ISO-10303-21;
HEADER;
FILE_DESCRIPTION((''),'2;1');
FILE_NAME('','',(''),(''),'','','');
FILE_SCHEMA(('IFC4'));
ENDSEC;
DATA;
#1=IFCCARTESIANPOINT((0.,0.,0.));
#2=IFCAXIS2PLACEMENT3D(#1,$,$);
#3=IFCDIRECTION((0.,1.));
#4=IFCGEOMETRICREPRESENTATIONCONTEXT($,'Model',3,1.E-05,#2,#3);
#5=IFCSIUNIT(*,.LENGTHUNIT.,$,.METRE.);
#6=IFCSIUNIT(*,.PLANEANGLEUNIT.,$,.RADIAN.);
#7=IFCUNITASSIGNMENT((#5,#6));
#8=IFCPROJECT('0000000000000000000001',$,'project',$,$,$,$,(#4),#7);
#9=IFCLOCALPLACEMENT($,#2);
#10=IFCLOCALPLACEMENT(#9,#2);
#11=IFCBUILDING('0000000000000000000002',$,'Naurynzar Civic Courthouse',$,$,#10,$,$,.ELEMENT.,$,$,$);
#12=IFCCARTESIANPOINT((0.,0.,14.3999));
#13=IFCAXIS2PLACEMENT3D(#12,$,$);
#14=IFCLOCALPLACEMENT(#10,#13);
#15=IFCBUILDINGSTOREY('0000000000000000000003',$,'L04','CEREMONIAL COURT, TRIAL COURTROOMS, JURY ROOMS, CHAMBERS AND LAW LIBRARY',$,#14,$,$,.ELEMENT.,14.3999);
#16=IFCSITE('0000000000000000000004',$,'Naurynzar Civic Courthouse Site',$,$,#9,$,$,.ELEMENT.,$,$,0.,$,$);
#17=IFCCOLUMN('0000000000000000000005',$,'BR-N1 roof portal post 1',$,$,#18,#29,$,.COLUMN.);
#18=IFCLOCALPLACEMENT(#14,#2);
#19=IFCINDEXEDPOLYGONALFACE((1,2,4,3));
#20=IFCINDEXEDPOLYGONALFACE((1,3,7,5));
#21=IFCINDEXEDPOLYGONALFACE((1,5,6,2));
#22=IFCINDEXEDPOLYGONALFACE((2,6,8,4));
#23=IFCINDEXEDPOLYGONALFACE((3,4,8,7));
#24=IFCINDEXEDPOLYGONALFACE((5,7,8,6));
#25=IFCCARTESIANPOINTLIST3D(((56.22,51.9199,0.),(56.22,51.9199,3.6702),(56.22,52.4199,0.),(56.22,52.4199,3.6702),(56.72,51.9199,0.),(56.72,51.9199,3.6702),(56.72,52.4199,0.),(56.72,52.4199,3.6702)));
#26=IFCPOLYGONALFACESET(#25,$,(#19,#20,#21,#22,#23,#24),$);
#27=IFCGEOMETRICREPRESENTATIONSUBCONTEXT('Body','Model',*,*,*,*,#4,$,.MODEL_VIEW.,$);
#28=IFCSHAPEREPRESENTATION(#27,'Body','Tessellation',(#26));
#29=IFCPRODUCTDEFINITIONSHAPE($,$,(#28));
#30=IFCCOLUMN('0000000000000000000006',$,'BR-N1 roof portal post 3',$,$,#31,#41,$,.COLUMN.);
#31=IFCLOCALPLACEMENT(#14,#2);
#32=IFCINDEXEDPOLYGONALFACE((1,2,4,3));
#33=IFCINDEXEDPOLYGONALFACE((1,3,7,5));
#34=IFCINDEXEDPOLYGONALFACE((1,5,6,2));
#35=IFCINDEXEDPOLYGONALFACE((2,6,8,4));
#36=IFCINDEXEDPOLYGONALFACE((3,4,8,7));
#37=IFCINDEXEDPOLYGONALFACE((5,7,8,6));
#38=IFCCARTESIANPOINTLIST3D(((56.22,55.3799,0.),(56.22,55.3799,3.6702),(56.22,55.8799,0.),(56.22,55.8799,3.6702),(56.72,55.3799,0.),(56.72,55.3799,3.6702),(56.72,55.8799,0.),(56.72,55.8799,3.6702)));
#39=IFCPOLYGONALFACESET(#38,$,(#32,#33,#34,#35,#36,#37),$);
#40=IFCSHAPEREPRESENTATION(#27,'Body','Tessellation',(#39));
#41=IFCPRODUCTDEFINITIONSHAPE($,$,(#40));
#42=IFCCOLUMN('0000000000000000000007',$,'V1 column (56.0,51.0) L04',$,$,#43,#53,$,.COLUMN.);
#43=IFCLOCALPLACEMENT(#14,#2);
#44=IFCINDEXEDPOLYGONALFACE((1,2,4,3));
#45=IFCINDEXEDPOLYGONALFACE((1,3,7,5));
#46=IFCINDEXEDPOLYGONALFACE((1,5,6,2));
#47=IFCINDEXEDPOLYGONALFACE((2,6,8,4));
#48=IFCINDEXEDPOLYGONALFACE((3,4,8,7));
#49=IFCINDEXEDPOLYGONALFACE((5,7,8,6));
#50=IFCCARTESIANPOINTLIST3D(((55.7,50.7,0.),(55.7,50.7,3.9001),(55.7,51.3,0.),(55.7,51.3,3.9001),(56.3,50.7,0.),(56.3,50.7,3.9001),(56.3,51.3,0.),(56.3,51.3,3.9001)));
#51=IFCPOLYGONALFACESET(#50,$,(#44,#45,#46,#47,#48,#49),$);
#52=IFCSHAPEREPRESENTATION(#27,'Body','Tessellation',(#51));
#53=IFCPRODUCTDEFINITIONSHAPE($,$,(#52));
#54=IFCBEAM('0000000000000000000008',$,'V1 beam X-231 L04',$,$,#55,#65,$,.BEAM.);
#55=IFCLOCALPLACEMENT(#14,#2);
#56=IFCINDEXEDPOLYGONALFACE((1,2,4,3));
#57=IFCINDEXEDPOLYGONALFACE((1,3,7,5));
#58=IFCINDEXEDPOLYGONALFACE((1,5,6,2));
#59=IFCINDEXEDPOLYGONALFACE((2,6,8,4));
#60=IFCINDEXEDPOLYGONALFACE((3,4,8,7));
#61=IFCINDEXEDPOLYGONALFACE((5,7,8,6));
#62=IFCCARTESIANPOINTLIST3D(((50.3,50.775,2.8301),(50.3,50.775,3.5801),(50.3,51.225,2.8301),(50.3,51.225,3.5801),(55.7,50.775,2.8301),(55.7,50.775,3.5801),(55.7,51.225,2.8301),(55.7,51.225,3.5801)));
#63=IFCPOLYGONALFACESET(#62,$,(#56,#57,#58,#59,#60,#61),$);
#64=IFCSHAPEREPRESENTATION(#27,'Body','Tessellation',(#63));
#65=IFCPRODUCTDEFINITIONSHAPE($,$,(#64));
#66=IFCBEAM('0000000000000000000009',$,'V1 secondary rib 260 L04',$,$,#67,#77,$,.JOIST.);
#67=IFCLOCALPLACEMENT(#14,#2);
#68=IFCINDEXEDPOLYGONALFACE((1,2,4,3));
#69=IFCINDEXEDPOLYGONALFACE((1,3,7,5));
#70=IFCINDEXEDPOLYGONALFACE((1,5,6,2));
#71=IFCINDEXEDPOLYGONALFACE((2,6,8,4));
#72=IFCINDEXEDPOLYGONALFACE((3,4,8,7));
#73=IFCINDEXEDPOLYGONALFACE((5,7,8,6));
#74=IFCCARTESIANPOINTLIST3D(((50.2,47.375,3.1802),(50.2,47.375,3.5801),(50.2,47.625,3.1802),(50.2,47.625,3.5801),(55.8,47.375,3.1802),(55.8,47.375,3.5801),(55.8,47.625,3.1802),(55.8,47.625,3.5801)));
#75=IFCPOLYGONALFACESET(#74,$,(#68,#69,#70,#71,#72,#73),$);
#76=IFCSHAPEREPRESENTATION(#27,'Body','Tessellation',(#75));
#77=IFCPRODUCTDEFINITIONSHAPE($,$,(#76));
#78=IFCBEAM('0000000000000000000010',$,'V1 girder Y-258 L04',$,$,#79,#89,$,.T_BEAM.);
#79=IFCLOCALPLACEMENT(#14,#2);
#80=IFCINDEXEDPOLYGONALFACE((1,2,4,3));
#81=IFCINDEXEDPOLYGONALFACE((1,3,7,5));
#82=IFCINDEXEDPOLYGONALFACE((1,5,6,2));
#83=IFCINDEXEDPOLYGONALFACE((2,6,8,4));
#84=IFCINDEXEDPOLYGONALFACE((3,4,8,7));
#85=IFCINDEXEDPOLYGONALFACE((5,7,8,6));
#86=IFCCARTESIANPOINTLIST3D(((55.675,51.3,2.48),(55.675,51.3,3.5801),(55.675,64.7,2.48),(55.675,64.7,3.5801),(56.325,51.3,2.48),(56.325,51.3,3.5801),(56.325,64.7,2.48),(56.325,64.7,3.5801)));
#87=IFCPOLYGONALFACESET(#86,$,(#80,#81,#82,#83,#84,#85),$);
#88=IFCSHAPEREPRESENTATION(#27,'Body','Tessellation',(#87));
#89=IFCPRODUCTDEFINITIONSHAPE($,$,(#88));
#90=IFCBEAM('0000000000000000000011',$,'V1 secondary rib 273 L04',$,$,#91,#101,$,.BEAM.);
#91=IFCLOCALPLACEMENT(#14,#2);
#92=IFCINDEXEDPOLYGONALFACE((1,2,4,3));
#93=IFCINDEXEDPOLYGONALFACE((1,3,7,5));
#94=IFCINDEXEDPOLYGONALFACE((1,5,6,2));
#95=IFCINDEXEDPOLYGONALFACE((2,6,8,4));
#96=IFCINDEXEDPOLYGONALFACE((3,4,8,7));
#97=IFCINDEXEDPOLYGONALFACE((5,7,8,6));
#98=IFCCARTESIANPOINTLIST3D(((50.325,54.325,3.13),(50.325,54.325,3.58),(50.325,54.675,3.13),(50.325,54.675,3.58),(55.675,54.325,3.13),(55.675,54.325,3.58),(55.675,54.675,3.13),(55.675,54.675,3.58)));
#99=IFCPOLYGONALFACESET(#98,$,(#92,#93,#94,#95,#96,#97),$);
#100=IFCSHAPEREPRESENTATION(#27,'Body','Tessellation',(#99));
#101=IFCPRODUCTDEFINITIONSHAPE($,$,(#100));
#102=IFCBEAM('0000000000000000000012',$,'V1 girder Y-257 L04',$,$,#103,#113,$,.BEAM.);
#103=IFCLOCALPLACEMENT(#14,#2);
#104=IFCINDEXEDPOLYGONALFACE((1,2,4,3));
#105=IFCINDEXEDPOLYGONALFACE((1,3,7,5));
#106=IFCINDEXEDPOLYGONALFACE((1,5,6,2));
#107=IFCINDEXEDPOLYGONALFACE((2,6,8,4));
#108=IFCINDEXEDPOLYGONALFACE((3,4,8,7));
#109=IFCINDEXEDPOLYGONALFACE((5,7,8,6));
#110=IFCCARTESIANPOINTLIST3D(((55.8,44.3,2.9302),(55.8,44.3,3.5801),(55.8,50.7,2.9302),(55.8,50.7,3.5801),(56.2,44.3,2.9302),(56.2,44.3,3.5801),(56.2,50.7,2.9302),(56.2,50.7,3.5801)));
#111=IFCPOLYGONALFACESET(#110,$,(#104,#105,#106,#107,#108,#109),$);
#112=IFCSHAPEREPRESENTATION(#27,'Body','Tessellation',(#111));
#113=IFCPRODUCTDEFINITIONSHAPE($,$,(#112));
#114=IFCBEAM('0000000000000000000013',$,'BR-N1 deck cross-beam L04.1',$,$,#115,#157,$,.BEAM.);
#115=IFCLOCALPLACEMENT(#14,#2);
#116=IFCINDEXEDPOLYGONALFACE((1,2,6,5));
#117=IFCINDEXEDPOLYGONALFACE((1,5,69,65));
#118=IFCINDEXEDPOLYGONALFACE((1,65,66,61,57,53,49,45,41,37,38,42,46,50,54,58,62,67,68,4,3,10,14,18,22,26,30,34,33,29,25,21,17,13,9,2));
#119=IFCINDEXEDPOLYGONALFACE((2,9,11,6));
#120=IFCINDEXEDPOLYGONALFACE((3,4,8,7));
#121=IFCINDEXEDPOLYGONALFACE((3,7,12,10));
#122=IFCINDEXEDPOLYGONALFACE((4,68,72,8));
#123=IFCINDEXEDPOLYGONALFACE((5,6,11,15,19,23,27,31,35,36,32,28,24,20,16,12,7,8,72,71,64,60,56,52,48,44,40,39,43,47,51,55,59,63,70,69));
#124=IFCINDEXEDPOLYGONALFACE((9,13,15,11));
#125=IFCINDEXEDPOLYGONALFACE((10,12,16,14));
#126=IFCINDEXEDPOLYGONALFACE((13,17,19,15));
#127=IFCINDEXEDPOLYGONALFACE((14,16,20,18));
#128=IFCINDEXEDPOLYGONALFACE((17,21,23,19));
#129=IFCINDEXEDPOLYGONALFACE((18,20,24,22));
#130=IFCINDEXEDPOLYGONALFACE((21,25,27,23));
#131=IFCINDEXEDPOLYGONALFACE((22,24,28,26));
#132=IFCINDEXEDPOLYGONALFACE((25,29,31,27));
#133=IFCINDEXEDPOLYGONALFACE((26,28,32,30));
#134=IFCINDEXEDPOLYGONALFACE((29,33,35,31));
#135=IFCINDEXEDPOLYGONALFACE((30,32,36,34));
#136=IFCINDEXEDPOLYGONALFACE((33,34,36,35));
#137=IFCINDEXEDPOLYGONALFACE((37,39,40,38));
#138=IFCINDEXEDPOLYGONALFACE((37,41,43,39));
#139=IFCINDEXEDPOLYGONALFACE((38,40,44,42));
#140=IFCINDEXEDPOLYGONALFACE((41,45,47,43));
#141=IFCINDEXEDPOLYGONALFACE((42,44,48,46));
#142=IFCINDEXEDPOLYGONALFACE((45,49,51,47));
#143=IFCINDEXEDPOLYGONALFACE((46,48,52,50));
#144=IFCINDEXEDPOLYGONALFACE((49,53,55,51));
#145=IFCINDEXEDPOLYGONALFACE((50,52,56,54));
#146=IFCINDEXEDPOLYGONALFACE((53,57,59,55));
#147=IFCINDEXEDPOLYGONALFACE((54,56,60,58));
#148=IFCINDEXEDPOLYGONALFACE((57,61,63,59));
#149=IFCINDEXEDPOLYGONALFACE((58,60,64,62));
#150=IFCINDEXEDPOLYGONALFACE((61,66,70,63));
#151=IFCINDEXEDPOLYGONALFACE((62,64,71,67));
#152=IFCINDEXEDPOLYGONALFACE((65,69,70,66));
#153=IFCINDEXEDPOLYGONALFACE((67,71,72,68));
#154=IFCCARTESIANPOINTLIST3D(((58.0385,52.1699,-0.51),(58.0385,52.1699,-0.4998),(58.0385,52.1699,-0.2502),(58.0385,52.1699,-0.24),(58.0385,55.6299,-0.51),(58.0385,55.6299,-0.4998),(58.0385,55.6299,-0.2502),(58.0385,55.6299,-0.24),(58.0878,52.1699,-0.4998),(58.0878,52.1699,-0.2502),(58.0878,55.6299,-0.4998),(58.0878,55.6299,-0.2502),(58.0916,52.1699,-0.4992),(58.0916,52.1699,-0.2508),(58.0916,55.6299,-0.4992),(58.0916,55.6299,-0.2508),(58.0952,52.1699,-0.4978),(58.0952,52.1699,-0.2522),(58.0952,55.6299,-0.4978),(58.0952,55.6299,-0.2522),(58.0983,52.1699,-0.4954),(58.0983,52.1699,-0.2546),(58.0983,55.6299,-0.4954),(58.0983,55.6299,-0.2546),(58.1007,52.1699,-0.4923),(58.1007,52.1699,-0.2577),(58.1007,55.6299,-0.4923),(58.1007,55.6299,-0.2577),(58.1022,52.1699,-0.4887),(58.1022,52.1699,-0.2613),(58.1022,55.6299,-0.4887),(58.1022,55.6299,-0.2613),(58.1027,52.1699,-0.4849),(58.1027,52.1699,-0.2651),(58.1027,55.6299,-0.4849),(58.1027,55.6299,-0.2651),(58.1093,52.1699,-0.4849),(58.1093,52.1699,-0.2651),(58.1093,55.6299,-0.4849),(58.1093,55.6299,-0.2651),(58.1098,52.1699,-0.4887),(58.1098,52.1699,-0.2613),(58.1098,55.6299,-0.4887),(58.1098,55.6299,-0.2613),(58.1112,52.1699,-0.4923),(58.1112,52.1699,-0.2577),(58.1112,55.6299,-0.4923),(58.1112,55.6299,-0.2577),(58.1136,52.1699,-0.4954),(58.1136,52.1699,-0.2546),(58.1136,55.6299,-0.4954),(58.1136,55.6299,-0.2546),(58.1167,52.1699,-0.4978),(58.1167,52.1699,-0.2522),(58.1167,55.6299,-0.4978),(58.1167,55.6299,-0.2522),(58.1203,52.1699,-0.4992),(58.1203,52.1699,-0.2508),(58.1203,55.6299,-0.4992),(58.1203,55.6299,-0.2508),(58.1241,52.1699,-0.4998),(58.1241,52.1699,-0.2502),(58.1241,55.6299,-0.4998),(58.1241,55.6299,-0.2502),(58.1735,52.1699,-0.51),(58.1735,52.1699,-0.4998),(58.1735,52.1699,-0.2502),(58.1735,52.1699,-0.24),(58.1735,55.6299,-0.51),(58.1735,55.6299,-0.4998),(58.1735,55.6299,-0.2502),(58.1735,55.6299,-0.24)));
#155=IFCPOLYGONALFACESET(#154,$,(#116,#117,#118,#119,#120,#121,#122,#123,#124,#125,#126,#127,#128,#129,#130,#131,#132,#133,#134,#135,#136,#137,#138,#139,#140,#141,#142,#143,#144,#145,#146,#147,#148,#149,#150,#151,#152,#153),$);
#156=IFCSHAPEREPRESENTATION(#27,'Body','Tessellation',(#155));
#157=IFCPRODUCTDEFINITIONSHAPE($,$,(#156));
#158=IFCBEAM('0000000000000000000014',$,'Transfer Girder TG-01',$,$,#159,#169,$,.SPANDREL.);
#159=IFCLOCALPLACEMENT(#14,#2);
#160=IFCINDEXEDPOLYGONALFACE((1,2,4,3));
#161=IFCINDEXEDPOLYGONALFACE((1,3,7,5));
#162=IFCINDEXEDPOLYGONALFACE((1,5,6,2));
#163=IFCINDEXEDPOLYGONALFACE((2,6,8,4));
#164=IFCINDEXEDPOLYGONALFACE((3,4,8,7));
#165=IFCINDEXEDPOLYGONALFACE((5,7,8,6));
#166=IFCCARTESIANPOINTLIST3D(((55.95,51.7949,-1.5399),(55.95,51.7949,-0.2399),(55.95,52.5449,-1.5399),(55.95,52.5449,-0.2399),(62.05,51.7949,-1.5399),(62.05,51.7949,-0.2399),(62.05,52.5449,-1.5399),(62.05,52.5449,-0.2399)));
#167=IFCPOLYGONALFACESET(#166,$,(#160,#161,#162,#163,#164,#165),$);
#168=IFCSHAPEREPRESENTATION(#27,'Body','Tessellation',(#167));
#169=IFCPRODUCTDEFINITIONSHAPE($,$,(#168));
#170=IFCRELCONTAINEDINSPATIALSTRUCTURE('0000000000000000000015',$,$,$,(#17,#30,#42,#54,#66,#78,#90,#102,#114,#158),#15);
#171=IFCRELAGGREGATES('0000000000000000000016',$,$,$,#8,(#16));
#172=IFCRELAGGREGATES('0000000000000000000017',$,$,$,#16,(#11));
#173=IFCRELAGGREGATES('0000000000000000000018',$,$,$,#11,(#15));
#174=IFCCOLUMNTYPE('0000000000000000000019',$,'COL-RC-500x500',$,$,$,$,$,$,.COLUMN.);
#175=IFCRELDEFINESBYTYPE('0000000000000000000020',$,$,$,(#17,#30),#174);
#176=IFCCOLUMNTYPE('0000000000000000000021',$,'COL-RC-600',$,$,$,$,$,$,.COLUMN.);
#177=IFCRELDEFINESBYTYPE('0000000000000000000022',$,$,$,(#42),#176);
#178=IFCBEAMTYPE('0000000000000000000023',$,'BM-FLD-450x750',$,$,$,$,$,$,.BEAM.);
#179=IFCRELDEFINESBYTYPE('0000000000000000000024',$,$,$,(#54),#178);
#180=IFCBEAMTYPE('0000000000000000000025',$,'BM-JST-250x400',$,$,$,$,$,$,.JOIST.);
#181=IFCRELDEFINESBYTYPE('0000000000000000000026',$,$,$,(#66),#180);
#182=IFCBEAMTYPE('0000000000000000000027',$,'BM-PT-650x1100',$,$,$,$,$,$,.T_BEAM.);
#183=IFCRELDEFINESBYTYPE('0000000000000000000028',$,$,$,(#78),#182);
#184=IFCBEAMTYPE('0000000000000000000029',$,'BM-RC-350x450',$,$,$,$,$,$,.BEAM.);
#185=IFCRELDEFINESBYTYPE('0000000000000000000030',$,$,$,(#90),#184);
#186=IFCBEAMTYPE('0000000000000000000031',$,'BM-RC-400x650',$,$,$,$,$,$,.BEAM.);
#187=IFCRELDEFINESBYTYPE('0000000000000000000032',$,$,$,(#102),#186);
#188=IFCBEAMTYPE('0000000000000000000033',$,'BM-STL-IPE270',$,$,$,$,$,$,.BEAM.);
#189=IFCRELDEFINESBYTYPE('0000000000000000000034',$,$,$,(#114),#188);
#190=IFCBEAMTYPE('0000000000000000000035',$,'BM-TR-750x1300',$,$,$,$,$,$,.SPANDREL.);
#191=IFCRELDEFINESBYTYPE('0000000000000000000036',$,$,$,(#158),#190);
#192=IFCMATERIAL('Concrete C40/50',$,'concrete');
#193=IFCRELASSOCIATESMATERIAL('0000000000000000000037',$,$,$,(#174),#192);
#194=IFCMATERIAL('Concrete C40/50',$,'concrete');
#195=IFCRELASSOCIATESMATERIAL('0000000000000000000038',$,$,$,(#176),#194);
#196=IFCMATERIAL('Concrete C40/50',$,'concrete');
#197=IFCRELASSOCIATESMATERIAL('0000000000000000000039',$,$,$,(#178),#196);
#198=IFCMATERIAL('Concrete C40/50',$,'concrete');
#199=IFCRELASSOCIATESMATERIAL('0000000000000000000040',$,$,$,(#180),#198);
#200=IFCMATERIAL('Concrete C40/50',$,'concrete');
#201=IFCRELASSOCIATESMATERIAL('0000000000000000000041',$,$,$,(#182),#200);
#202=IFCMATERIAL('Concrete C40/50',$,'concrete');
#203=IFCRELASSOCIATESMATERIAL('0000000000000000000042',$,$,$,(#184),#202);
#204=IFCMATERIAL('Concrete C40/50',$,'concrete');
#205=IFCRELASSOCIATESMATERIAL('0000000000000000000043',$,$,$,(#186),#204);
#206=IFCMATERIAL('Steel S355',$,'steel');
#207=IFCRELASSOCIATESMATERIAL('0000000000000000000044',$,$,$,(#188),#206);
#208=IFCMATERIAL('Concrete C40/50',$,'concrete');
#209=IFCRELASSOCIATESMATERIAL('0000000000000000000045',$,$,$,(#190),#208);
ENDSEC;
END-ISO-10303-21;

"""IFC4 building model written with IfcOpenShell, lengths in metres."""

from ifc_helpers import new_model, si_unit, direction, frame, origin, origin_2d, place, context, subcontext, project, spatial, rectangle, i_section, extrude, material, material_profile, profile_set, type_object, element, save


model = new_model("IFC4")

# Units and contexts
model_context = context("Model", 3, precision=1e-05, world=origin(), true_north=direction((0.0, 1.0)))
body_context = subcontext(model_context, "Body", "Model", "MODEL_VIEW")
ifc_project = project(units=[si_unit("LENGTHUNIT", "METRE"), si_unit("PLANEANGLEUNIT", "RADIAN")], contexts=[model_context])

# Site, building, storey
site_placement = place(None, origin())
site = spatial("IfcSite", under=ifc_project, at=site_placement, Name="Naurynzar Civic Courthouse Site", CompositionType="ELEMENT", RefElevation=0.0)
building_placement = place(site_placement, origin())
building = spatial("IfcBuilding", under=site, at=building_placement, Name="Naurynzar Civic Courthouse", CompositionType="ELEMENT")
storey_placement = place(building_placement, frame((0.0, 0.0, 14.3999)))
storey = spatial("IfcBuildingStorey", under=building, at=storey_placement, Name="L04", Description="CEREMONIAL COURT, TRIAL COURTROOMS, JURY ROOMS, CHAMBERS AND LAW LIBRARY", CompositionType="ELEMENT", Elevation=14.3999)

# Columns
ifc_material_1 = material(Name="Concrete C40/50", Category="concrete")
ifc_material_profile_1 = material_profile(ifc_material_1, rectangle(XDim=0.5, YDim=0.5, at=origin_2d()), Name="RC 500x500")
ifc_profile_set_1 = profile_set([ifc_material_profile_1], Name="Concrete C40/50")
column_type_1 = type_object("IfcColumnType", Name="COL-RC-500x500", PredefinedType="COLUMN", material=ifc_profile_set_1)
for number, where, z_axis, x_axis, name in (
    (1, (56.47, 52.1699, 0.0), (0.0, 0.0, 1.0), (1.0, 0.0, 0.0), "BR-N1 roof portal post 1"),
    (2, (56.47, 55.6299, 0.0), (0.0, 0.0, 1.0), (1.0, 0.0, 0.0), "BR-N1 roof portal post 3"),
):
    element("IfcColumn", number, at=place(storey_placement, frame(where, z_axis=z_axis, x_axis=x_axis)), inside=storey, type_object=column_type_1, Name=name, PredefinedType="COLUMN", context=body_context, shape_type="SweptSolid", body=[
        extrude(rectangle(XDim=0.5, YDim=0.5, at=origin_2d()), origin(), (0.0, 0.0, 1.0), 3.6702),
    ])
ifc_material_2 = material(Name="Concrete C40/50", Category="concrete")
ifc_material_profile_2 = material_profile(ifc_material_2, rectangle(XDim=0.6001, YDim=0.6001, at=origin_2d()), Name="RC 600x600")
ifc_profile_set_2 = profile_set([ifc_material_profile_2], Name="Concrete C40/50")
column_type_2 = type_object("IfcColumnType", Name="COL-RC-600", PredefinedType="COLUMN", material=ifc_profile_set_2)
column_placement = place(storey_placement, frame((56.0, 51.0, 0.0), z_axis=(0.0, 0.0, 1.0), x_axis=(1.0, 0.0, 0.0)))
element("IfcColumn", 3, at=column_placement, inside=storey, type_object=column_type_2, Name="V1 column (56.0,51.0) L04", PredefinedType="COLUMN", context=body_context, shape_type="SweptSolid", body=[
    extrude(rectangle(XDim=0.6001, YDim=0.6001, at=origin_2d()), origin(), (0.0, 0.0, 1.0), 3.9001),
])

# Beams
ifc_material_3 = material(Name="Concrete C40/50", Category="concrete")
ifc_material_profile_3 = material_profile(ifc_material_3, rectangle(XDim=0.45, YDim=0.75, at=origin_2d()), Name="RCF 450x750")
ifc_profile_set_3 = profile_set([ifc_material_profile_3], Name="Concrete C40/50")
beam_type_1 = type_object("IfcBeamType", Name="BM-FLD-450x750", PredefinedType="BEAM", material=ifc_profile_set_3)
beam_1_placement = place(storey_placement, frame((50.3, 51.0, 3.2051), z_axis=(1.0, 0.0, 0.0), x_axis=(0.0, 1.0, 0.0)))
element("IfcBeam", 4, at=beam_1_placement, inside=storey, type_object=beam_type_1, Name="V1 beam X-231 L04", PredefinedType="BEAM", context=body_context, shape_type="SweptSolid", body=[
    extrude(rectangle(XDim=0.45, YDim=0.75, at=origin_2d()), origin(), (0.0, 0.0, 1.0), 5.3999),
])
ifc_material_4 = material(Name="Concrete C40/50", Category="concrete")
ifc_material_profile_4 = material_profile(ifc_material_4, rectangle(XDim=0.25, YDim=0.3999, at=origin_2d()), Name="RCB 250x400")
ifc_profile_set_4 = profile_set([ifc_material_profile_4], Name="Concrete C40/50")
beam_type_2 = type_object("IfcBeamType", Name="BM-JST-250x400", PredefinedType="JOIST", material=ifc_profile_set_4)
beam_2_placement = place(storey_placement, frame((50.2, 47.5, 3.3801), z_axis=(1.0, 0.0, 0.0), x_axis=(0.0, 1.0, 0.0)))
element("IfcBeam", 5, at=beam_2_placement, inside=storey, type_object=beam_type_2, Name="V1 secondary rib 260 L04", PredefinedType="JOIST", context=body_context, shape_type="SweptSolid", body=[
    extrude(rectangle(XDim=0.25, YDim=0.3999, at=origin_2d()), origin(), (0.0, 0.0, 1.0), 5.6001),
])
ifc_material_5 = material(Name="Concrete C40/50", Category="concrete")
ifc_material_profile_5 = material_profile(ifc_material_5, rectangle(XDim=0.6499, YDim=1.1001, at=origin_2d()), Name="PTB 650x1100")
ifc_profile_set_5 = profile_set([ifc_material_profile_5], Name="Concrete C40/50")
beam_type_3 = type_object("IfcBeamType", Name="BM-PT-650x1100", PredefinedType="T_BEAM", material=ifc_profile_set_5)
beam_3_placement = place(storey_placement, frame((56.0, 51.3, 3.03), z_axis=(0.0, 1.0, 0.0), x_axis=(-1.0, 0.0, 0.0)))
element("IfcBeam", 6, at=beam_3_placement, inside=storey, type_object=beam_type_3, Name="V1 girder Y-258 L04", PredefinedType="T_BEAM", context=body_context, shape_type="SweptSolid", body=[
    extrude(rectangle(XDim=0.6499, YDim=1.1001, at=origin_2d()), origin(), (0.0, 0.0, 1.0), 13.3999),
])
ifc_material_6 = material(Name="Concrete C40/50", Category="concrete")
ifc_material_profile_6 = material_profile(ifc_material_6, rectangle(XDim=0.3501, YDim=0.45, at=origin_2d()), Name="RCB 350x450")
ifc_profile_set_6 = profile_set([ifc_material_profile_6], Name="Concrete C40/50")
beam_type_4 = type_object("IfcBeamType", Name="BM-RC-350x450", PredefinedType="BEAM", material=ifc_profile_set_6)
beam_4_placement = place(storey_placement, frame((50.325, 54.5, 3.355), z_axis=(1.0, 0.0, 0.0), x_axis=(0.0, 1.0, 0.0)))
element("IfcBeam", 7, at=beam_4_placement, inside=storey, type_object=beam_type_4, Name="V1 secondary rib 273 L04", PredefinedType="BEAM", context=body_context, shape_type="SweptSolid", body=[
    extrude(rectangle(XDim=0.3501, YDim=0.45, at=origin_2d()), origin(), (0.0, 0.0, 1.0), 5.3501),
])
ifc_material_7 = material(Name="Concrete C40/50", Category="concrete")
ifc_material_profile_7 = material_profile(ifc_material_7, rectangle(XDim=0.3999, YDim=0.6499, at=origin_2d()), Name="RCB 400x650")
ifc_profile_set_7 = profile_set([ifc_material_profile_7], Name="Concrete C40/50")
beam_type_5 = type_object("IfcBeamType", Name="BM-RC-400x650", PredefinedType="BEAM", material=ifc_profile_set_7)
beam_5_placement = place(storey_placement, frame((56.0, 44.3, 3.2551), z_axis=(0.0, 1.0, 0.0), x_axis=(-1.0, 0.0, 0.0)))
element("IfcBeam", 8, at=beam_5_placement, inside=storey, type_object=beam_type_5, Name="V1 girder Y-257 L04", PredefinedType="BEAM", context=body_context, shape_type="SweptSolid", body=[
    extrude(rectangle(XDim=0.3999, YDim=0.6499, at=origin_2d()), origin(), (0.0, 0.0, 1.0), 6.3999),
])
ifc_material_8 = material(Name="Steel S355", Category="steel")
ifc_material_profile_8 = material_profile(ifc_material_8, i_section(OverallWidth=0.135, OverallDepth=0.27, WebThickness=0.0066, FlangeThickness=0.0103, FilletRadius=0.0149, at=origin_2d()), Name="IPE 270")
ifc_profile_set_8 = profile_set([ifc_material_profile_8], Name="Steel S355")
beam_type_6 = type_object("IfcBeamType", Name="BM-STL-IPE270", PredefinedType="BEAM", material=ifc_profile_set_8)
beam_6_placement = place(storey_placement, frame((58.106, 52.1699, -0.375), z_axis=(0.0, 1.0, 0.0), x_axis=(-1.0, 0.0, 0.0)))
element("IfcBeam", 9, at=beam_6_placement, inside=storey, type_object=beam_type_6, Name="BR-N1 deck cross-beam L04.1", PredefinedType="BEAM", context=body_context, shape_type="SweptSolid", body=[
    extrude(i_section(OverallWidth=0.135, OverallDepth=0.27, WebThickness=0.0066, FlangeThickness=0.0103, FilletRadius=0.0149, at=origin_2d()), origin(), (0.0, 0.0, 1.0), 3.46),
])
ifc_material_9 = material(Name="Concrete C40/50", Category="concrete")
ifc_material_profile_9 = material_profile(ifc_material_9, rectangle(XDim=0.75, YDim=1.3, at=origin_2d()), Name="RCT 750x1300")
ifc_profile_set_9 = profile_set([ifc_material_profile_9], Name="Concrete C40/50")
beam_type_7 = type_object("IfcBeamType", Name="BM-TR-750x1300", PredefinedType="SPANDREL", material=ifc_profile_set_9)
for number, where, z_axis, x_axis, name in (
    (10, (55.95, 52.1699, -0.8899), (1.0, 0.0, 0.0), (0.0, 1.0, 0.0), "Transfer Girder TG-01"),
):
    element("IfcBeam", number, at=place(storey_placement, frame(where, z_axis=z_axis, x_axis=x_axis)), inside=storey, type_object=beam_type_7, Name=name, PredefinedType="SPANDREL", context=body_context, shape_type="SweptSolid", body=[
        extrude(rectangle(XDim=0.75, YDim=1.3, at=origin_2d()), origin(), (0.0, 0.0, 1.0), 6.1001),
    ])

save(model, "model.ifc")
